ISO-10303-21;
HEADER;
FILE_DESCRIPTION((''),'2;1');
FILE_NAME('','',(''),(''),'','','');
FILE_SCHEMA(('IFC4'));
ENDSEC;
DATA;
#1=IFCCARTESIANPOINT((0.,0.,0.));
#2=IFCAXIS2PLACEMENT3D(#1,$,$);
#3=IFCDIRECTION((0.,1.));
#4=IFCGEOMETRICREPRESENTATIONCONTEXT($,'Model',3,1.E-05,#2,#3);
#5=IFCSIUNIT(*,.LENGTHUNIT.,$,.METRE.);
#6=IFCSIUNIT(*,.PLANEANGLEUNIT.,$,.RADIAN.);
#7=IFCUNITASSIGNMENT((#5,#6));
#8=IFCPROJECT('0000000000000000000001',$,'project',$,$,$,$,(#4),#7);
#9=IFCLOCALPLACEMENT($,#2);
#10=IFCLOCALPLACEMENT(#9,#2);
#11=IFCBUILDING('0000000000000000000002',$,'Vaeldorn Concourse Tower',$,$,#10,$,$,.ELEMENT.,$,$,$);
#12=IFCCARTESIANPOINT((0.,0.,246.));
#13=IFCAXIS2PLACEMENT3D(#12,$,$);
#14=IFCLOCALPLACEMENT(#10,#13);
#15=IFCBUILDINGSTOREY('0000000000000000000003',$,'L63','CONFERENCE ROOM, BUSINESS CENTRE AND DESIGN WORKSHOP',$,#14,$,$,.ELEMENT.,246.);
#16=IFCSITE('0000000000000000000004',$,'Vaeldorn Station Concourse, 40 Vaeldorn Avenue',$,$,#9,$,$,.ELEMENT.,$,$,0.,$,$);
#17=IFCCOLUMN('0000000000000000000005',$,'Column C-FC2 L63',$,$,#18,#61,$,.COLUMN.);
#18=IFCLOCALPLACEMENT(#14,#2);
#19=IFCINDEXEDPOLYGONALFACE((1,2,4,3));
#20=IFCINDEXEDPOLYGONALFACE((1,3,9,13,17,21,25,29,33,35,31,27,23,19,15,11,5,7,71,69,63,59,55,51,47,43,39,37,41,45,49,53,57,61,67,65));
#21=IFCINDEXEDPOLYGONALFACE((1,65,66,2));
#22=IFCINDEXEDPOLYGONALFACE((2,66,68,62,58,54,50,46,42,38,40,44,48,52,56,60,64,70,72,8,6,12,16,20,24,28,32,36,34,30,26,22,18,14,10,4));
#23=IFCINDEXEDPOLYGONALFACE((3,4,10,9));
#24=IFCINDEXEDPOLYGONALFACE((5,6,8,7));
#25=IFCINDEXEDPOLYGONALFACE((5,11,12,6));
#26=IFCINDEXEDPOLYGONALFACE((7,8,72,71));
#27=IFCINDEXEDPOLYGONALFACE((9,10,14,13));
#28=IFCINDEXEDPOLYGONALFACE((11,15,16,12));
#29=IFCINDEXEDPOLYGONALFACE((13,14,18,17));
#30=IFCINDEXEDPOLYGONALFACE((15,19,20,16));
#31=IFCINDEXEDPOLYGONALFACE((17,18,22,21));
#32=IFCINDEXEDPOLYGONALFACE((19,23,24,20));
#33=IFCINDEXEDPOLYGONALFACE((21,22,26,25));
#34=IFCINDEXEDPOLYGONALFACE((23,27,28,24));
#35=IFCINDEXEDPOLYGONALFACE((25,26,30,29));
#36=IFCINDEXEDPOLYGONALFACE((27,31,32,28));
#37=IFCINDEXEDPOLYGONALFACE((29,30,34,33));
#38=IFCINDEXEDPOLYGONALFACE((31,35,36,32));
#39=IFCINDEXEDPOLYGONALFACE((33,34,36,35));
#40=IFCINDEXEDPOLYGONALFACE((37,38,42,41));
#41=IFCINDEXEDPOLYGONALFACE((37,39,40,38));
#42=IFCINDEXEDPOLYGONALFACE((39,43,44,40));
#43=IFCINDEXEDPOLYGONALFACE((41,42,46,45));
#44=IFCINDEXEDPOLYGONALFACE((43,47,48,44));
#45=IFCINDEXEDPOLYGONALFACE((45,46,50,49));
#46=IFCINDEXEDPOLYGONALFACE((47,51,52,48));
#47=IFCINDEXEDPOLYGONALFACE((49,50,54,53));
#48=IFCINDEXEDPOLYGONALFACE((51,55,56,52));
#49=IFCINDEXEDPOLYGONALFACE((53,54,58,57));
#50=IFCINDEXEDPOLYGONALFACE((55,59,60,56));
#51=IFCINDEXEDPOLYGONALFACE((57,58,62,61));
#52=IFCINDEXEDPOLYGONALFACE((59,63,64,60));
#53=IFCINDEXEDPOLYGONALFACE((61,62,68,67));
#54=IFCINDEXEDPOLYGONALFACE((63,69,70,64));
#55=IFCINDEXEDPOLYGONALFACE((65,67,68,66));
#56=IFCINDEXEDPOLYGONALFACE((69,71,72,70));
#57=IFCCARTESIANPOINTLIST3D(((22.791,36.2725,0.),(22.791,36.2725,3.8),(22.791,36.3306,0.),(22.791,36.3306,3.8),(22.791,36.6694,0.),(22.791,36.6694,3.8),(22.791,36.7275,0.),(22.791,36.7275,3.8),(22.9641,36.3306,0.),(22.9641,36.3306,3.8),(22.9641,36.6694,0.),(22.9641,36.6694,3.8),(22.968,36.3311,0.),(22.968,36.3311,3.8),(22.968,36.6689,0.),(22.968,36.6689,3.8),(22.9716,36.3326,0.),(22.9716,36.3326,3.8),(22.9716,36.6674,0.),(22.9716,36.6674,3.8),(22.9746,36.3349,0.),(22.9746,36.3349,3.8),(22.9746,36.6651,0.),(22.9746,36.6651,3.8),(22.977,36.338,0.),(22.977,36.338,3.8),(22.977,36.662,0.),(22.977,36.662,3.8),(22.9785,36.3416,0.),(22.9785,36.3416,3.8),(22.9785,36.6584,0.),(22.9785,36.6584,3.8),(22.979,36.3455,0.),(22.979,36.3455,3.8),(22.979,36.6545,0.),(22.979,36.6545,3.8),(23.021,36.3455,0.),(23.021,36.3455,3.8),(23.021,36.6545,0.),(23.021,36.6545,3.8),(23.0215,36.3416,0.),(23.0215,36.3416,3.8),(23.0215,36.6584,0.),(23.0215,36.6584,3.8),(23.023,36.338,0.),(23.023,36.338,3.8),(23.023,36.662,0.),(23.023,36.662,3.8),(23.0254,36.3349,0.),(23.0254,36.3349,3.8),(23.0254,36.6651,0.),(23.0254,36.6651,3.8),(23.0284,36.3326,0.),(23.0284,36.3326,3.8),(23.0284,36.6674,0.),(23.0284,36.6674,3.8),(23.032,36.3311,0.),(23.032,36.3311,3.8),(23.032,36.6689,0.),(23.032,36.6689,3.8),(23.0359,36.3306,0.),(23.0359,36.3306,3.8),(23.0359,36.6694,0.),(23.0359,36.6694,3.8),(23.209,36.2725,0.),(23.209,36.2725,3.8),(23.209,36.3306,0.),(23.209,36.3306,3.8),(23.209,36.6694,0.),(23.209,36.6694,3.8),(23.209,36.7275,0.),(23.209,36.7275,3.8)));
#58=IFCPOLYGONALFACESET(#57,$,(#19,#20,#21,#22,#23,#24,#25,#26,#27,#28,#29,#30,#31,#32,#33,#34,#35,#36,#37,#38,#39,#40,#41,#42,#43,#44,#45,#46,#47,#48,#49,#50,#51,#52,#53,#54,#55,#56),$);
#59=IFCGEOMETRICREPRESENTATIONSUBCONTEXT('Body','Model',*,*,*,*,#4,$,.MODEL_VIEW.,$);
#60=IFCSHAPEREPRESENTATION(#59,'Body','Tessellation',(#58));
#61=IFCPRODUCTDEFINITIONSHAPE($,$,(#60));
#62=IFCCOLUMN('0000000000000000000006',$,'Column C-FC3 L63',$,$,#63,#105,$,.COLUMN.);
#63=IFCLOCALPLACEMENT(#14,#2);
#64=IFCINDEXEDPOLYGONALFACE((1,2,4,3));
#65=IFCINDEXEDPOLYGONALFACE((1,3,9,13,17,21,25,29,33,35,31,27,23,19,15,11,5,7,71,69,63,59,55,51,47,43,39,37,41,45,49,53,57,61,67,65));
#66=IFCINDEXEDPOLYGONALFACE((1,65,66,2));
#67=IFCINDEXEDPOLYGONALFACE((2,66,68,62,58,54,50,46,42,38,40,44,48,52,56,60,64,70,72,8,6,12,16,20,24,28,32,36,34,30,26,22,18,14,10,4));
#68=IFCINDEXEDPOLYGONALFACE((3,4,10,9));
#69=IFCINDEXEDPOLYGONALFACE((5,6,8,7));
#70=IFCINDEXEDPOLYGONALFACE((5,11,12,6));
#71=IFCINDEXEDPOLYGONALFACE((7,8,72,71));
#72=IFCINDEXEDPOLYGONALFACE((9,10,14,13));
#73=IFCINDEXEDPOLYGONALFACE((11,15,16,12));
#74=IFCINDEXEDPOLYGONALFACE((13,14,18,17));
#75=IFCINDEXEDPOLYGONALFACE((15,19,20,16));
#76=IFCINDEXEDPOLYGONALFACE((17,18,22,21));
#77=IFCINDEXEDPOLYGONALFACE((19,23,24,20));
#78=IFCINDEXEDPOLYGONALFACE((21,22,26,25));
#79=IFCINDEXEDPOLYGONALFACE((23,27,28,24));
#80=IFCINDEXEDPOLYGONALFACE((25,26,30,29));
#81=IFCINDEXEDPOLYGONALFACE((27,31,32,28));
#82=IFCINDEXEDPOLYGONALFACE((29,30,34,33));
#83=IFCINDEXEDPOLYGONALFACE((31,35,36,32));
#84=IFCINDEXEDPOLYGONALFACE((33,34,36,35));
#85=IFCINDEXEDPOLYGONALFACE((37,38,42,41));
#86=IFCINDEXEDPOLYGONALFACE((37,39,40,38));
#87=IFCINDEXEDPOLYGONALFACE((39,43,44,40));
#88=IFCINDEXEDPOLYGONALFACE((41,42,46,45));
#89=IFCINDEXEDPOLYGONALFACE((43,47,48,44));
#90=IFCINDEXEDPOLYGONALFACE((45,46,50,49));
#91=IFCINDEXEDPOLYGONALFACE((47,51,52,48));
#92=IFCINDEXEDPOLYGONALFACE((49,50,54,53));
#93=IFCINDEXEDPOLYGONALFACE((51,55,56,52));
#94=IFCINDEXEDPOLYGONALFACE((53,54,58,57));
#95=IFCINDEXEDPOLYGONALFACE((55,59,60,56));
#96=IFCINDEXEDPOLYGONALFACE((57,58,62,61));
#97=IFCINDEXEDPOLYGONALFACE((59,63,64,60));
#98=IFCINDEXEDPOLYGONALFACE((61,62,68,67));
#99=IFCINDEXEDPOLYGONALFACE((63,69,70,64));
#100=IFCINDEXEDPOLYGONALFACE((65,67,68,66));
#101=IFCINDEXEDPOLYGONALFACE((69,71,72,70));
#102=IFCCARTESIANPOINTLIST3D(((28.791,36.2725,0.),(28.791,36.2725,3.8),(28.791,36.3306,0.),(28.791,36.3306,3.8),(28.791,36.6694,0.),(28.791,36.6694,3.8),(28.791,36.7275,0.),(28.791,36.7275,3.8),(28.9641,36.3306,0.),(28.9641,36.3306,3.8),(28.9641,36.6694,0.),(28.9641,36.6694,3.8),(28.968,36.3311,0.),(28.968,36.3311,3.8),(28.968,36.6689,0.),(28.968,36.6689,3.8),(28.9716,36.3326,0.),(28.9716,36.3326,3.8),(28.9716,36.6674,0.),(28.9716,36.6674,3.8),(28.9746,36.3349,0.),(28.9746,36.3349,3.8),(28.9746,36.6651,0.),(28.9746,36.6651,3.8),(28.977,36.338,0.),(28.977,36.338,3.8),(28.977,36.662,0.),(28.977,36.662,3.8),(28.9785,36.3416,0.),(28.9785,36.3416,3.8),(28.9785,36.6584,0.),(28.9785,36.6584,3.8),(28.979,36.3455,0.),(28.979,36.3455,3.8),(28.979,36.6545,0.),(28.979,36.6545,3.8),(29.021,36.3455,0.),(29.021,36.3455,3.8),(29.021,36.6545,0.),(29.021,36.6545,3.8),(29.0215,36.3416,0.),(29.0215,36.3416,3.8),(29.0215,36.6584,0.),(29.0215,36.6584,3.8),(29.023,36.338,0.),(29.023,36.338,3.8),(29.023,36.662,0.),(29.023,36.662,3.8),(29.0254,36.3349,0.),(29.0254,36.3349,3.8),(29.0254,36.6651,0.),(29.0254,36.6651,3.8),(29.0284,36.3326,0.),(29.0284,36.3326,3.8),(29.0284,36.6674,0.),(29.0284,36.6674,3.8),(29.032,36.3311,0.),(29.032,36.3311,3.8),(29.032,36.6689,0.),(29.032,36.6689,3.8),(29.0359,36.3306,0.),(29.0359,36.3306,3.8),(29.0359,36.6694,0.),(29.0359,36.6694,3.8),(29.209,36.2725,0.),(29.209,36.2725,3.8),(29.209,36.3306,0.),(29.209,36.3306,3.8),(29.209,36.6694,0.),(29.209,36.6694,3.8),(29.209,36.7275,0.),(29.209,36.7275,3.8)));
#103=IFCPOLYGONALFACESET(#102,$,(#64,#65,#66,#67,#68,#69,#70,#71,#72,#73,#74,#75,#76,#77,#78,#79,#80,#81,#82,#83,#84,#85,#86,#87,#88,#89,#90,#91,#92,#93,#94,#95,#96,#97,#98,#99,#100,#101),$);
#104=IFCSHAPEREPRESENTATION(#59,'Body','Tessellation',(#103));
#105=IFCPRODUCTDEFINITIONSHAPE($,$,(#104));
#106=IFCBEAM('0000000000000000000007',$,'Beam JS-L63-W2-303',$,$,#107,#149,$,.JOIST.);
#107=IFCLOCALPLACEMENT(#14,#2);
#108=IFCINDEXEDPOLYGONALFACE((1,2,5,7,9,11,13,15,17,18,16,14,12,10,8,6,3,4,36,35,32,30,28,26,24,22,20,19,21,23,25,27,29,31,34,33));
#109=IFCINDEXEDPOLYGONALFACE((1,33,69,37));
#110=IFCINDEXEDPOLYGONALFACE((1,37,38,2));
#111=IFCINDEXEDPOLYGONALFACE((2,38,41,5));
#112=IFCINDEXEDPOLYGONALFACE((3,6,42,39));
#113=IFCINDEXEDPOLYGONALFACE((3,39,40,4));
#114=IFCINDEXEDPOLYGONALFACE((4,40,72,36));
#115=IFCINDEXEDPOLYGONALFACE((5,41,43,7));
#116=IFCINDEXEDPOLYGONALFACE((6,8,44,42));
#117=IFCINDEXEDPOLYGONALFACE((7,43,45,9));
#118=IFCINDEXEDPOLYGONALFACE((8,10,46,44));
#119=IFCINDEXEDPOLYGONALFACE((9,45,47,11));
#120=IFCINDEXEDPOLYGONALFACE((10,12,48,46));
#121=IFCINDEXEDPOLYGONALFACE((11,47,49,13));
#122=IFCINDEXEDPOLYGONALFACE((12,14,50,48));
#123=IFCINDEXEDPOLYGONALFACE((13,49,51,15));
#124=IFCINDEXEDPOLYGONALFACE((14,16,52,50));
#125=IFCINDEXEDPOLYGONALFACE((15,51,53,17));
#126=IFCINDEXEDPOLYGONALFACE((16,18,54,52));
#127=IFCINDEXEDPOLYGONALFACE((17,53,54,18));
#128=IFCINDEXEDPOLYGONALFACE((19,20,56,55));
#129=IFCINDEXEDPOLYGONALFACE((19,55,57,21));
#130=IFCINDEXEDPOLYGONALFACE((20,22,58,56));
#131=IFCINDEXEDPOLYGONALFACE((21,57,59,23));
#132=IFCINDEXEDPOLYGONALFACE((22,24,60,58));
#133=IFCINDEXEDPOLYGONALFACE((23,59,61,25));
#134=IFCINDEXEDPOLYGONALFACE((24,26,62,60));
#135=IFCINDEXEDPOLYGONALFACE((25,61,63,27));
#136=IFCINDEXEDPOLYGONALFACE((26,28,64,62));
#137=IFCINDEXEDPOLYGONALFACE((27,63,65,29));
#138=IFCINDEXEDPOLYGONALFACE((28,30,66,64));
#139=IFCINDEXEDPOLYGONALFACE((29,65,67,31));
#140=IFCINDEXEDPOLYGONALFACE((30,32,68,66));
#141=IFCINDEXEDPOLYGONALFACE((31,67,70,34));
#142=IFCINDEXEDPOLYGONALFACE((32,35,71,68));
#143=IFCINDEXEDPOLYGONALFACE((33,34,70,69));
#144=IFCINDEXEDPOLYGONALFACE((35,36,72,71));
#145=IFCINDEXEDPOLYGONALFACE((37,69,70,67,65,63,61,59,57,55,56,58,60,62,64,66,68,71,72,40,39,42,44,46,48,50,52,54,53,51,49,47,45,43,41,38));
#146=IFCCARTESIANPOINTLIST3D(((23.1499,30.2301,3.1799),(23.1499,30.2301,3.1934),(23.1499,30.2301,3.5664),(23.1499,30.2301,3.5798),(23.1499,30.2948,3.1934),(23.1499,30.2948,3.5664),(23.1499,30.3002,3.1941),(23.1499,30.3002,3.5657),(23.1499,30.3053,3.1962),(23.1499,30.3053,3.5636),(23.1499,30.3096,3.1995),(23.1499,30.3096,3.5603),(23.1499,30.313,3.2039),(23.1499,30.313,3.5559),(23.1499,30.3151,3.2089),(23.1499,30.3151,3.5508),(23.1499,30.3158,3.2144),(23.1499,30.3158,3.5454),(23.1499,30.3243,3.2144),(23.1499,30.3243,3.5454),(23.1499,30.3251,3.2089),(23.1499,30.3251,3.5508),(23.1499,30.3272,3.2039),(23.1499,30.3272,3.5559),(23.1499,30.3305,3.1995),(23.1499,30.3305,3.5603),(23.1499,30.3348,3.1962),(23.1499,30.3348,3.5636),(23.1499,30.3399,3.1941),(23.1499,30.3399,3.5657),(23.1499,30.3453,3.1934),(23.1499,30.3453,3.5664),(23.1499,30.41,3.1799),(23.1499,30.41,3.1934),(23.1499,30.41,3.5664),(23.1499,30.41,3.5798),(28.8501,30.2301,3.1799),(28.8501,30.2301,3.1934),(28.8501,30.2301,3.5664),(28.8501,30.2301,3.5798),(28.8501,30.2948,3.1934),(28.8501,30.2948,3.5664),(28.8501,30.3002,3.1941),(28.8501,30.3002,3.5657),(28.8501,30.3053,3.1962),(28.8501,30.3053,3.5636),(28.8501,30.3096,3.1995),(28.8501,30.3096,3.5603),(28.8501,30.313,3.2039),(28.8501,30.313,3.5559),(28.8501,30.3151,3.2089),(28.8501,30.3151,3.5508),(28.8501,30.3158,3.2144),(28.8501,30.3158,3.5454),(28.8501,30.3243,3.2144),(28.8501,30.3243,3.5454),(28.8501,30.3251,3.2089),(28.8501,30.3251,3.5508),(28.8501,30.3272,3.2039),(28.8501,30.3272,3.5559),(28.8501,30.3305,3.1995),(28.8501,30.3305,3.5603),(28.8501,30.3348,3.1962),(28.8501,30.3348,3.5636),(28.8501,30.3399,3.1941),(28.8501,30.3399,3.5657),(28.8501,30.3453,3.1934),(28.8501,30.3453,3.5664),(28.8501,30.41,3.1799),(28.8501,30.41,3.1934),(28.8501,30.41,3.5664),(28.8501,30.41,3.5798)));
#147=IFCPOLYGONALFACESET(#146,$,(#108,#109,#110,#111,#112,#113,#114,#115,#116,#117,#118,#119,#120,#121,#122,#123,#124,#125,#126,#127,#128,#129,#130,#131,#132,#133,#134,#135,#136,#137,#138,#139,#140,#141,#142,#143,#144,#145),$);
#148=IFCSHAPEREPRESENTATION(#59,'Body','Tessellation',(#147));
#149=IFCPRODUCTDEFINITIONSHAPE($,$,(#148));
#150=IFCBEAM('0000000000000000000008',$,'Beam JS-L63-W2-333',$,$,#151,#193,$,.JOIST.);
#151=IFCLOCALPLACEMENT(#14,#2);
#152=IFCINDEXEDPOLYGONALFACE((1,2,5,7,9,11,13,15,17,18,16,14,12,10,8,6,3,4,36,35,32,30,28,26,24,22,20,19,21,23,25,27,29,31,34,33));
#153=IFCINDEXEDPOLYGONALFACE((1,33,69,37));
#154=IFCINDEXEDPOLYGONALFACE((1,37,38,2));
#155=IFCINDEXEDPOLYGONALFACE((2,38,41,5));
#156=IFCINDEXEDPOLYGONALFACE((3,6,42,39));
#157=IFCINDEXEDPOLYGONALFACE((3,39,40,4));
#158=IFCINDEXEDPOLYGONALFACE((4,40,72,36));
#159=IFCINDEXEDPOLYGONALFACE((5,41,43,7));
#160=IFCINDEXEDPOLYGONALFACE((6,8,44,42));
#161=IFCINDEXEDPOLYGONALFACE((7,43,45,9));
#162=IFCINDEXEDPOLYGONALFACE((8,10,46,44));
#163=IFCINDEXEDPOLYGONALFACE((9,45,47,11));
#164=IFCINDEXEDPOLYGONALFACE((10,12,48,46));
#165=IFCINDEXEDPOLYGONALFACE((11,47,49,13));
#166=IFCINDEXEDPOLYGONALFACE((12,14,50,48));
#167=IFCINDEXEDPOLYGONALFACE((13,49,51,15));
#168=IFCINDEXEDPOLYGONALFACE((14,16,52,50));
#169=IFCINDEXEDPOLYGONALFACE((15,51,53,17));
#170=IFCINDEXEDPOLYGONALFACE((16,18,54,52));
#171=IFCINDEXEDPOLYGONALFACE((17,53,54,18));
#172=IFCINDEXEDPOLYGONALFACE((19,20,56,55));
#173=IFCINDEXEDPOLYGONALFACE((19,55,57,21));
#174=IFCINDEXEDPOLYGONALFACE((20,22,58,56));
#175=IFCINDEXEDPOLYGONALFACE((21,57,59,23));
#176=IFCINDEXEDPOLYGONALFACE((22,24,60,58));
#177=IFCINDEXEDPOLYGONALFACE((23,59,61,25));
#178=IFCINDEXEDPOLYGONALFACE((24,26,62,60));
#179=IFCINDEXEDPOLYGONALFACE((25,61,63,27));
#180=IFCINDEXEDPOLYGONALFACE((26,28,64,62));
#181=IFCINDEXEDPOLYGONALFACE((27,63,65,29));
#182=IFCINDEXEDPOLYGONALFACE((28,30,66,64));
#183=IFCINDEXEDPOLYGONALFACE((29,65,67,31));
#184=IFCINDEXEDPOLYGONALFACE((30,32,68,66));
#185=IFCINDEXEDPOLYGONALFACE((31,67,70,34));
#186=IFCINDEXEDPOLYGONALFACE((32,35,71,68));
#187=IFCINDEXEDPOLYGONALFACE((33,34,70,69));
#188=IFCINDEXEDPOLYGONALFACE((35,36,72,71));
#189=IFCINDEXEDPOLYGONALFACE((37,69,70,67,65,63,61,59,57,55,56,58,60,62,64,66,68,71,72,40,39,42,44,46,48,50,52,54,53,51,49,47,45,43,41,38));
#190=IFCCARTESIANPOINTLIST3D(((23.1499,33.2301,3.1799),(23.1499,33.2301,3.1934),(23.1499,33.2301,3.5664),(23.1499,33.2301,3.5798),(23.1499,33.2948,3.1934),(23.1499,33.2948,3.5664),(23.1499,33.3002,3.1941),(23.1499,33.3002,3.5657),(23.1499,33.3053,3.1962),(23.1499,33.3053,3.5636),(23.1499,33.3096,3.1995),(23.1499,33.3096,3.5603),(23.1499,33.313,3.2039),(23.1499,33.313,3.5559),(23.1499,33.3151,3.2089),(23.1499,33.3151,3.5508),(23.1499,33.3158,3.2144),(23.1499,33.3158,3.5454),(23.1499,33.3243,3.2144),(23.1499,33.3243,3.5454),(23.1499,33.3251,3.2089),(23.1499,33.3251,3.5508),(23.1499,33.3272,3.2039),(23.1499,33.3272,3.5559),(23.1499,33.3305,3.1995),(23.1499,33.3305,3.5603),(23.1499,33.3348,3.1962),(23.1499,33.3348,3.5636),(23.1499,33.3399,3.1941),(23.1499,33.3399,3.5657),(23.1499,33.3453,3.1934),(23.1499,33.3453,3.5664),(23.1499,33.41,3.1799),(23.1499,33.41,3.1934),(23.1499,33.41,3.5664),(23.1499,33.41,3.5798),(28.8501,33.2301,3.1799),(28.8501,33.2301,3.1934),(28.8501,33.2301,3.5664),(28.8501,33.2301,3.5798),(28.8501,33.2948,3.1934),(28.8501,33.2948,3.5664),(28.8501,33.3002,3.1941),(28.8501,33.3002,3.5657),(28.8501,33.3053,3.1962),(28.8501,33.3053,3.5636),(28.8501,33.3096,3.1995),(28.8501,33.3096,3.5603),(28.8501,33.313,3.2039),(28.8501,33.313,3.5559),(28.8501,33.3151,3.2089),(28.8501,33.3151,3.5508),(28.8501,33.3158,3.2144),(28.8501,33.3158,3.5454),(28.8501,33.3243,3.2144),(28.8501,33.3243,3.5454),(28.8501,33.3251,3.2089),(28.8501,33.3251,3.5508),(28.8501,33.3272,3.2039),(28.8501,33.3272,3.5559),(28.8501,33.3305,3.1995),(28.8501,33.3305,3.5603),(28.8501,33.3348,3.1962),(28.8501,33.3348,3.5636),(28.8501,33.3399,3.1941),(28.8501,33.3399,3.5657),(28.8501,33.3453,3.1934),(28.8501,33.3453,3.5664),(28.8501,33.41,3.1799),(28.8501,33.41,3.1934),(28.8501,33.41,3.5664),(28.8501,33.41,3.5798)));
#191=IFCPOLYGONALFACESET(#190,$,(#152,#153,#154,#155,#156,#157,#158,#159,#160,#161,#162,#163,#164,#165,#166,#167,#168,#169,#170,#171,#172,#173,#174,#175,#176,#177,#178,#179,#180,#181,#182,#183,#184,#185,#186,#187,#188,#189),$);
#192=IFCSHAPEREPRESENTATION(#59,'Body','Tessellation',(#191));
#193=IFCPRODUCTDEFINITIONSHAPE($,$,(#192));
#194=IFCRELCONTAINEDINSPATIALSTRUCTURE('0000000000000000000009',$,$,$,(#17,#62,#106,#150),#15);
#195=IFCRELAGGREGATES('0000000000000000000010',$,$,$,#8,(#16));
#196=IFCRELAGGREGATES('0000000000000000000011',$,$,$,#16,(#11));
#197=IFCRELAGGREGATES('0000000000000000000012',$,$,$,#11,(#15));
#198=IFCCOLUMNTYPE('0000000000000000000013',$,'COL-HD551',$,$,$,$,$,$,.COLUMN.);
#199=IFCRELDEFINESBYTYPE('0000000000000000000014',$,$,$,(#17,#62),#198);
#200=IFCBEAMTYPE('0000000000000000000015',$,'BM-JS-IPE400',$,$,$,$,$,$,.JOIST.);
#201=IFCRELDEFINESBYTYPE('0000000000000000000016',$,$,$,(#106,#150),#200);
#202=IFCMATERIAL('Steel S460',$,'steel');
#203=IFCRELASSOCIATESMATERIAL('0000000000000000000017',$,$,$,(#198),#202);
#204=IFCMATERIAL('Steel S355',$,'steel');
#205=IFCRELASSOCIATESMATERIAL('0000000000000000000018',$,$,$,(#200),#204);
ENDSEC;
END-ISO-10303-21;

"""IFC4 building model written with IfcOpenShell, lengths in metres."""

from ifc_helpers import new_model, si_unit, direction, frame, origin, origin_2d, place, context, subcontext, project, spatial, i_section, extrude, source, transform, mapped, material, material_profile, profile_set, type_object, element, save


model = new_model("IFC4")

# Units and contexts
model_context = context("Model", 3, precision=1e-05, world=origin(), true_north=direction((0.0, 1.0)))
body_context = subcontext(model_context, "Body", "Model", "MODEL_VIEW")
ifc_project = project(units=[si_unit("LENGTHUNIT", "METRE"), si_unit("PLANEANGLEUNIT", "RADIAN")], contexts=[model_context])

# Site, building, storey
site_placement = place(None, origin())
site = spatial("IfcSite", under=ifc_project, at=site_placement, Name="Vaeldorn Station Concourse, 40 Vaeldorn Avenue", CompositionType="ELEMENT", RefElevation=0.0)
building_placement = place(site_placement, origin())
building = spatial("IfcBuilding", under=site, at=building_placement, Name="Vaeldorn Concourse Tower", CompositionType="ELEMENT")
storey_placement = place(building_placement, frame((0.0, 0.0, 246.0)))
storey = spatial("IfcBuildingStorey", under=building, at=storey_placement, Name="L63", Description="CONFERENCE ROOM, BUSINESS CENTRE AND DESIGN WORKSHOP", CompositionType="ELEMENT", Elevation=246.0)

# Columns
ifc_material_1 = material(Name="Steel S460", Category="steel")
ifc_material_profile_1 = material_profile(ifc_material_1, i_section(OverallWidth=0.418, OverallDepth=0.4551, WebThickness=0.042, FlangeThickness=0.0581, FilletRadius=0.0149, at=origin_2d()), Name="HD 400x551")
ifc_profile_set_1 = profile_set([ifc_material_profile_1], Name="Steel S460")
column_type = type_object("IfcColumnType", Name="COL-HD551", PredefinedType="COLUMN", material=ifc_profile_set_1)
shared_shape_1 = source(origin(), body_context, "Body", "SweptSolid", [
    extrude(i_section(OverallWidth=0.418, OverallDepth=0.4551, WebThickness=0.042, FlangeThickness=0.0581, FilletRadius=0.0149, at=origin_2d()), origin(), (0.0, 0.0, 1.0), 3.8),
])
for number, where, z_axis, x_axis, name in (
    (1, (23.0, 36.5, 0.0), (0.0, 0.0, 1.0), (1.0, 0.0, 0.0), "Column C-FC2 L63"),
    (2, (29.0, 36.5, 0.0), (0.0, 0.0, 1.0), (1.0, 0.0, 0.0), "Column C-FC3 L63"),
):
    element("IfcColumn", number, at=place(storey_placement, frame(where, z_axis=z_axis, x_axis=x_axis)), inside=storey, type_object=column_type, Name=name, PredefinedType="COLUMN", context=body_context, shape_type="MappedRepresentation", body=[
        mapped(shared_shape_1, transform((0.0, 0.0, 0.0), scale=1.0)),
    ])

# Beams
ifc_material_2 = material(Name="Steel S355", Category="steel")
ifc_material_profile_2 = material_profile(ifc_material_2, i_section(OverallWidth=0.1799, OverallDepth=0.3999, WebThickness=0.0085, FlangeThickness=0.0134, FilletRadius=0.021, at=origin_2d()), Name="IPE 400")
ifc_profile_set_2 = profile_set([ifc_material_profile_2], Name="Steel S355")
beam_type_1 = type_object("IfcBeamType", Name="BM-JS-IPE400", PredefinedType="JOIST", material=ifc_profile_set_2)
shared_shape_2 = source(origin(), body_context, "Body", "SweptSolid", [
    extrude(i_section(OverallWidth=0.1799, OverallDepth=0.3999, WebThickness=0.0085, FlangeThickness=0.0134, FilletRadius=0.021, at=origin_2d()), origin(), (0.0, 0.0, 1.0), 5.7002),
])
for number, where, z_axis, x_axis, name in (
    (3, (23.1499, 30.3201, 3.3799), (1.0, 0.0, 0.0), (0.0, 1.0, 0.0), "Beam JS-L63-W2-303"),
    (4, (23.1499, 33.3201, 3.3799), (1.0, 0.0, 0.0), (0.0, 1.0, 0.0), "Beam JS-L63-W2-333"),
):
    element("IfcBeam", number, at=place(storey_placement, frame(where, z_axis=z_axis, x_axis=x_axis)), inside=storey, type_object=beam_type_1, Name=name, PredefinedType="JOIST", context=body_context, shape_type="MappedRepresentation", body=[
        mapped(shared_shape_2, transform((0.0, 0.0, 0.0), scale=1.0)),
    ])

save(model, "model.ifc")
